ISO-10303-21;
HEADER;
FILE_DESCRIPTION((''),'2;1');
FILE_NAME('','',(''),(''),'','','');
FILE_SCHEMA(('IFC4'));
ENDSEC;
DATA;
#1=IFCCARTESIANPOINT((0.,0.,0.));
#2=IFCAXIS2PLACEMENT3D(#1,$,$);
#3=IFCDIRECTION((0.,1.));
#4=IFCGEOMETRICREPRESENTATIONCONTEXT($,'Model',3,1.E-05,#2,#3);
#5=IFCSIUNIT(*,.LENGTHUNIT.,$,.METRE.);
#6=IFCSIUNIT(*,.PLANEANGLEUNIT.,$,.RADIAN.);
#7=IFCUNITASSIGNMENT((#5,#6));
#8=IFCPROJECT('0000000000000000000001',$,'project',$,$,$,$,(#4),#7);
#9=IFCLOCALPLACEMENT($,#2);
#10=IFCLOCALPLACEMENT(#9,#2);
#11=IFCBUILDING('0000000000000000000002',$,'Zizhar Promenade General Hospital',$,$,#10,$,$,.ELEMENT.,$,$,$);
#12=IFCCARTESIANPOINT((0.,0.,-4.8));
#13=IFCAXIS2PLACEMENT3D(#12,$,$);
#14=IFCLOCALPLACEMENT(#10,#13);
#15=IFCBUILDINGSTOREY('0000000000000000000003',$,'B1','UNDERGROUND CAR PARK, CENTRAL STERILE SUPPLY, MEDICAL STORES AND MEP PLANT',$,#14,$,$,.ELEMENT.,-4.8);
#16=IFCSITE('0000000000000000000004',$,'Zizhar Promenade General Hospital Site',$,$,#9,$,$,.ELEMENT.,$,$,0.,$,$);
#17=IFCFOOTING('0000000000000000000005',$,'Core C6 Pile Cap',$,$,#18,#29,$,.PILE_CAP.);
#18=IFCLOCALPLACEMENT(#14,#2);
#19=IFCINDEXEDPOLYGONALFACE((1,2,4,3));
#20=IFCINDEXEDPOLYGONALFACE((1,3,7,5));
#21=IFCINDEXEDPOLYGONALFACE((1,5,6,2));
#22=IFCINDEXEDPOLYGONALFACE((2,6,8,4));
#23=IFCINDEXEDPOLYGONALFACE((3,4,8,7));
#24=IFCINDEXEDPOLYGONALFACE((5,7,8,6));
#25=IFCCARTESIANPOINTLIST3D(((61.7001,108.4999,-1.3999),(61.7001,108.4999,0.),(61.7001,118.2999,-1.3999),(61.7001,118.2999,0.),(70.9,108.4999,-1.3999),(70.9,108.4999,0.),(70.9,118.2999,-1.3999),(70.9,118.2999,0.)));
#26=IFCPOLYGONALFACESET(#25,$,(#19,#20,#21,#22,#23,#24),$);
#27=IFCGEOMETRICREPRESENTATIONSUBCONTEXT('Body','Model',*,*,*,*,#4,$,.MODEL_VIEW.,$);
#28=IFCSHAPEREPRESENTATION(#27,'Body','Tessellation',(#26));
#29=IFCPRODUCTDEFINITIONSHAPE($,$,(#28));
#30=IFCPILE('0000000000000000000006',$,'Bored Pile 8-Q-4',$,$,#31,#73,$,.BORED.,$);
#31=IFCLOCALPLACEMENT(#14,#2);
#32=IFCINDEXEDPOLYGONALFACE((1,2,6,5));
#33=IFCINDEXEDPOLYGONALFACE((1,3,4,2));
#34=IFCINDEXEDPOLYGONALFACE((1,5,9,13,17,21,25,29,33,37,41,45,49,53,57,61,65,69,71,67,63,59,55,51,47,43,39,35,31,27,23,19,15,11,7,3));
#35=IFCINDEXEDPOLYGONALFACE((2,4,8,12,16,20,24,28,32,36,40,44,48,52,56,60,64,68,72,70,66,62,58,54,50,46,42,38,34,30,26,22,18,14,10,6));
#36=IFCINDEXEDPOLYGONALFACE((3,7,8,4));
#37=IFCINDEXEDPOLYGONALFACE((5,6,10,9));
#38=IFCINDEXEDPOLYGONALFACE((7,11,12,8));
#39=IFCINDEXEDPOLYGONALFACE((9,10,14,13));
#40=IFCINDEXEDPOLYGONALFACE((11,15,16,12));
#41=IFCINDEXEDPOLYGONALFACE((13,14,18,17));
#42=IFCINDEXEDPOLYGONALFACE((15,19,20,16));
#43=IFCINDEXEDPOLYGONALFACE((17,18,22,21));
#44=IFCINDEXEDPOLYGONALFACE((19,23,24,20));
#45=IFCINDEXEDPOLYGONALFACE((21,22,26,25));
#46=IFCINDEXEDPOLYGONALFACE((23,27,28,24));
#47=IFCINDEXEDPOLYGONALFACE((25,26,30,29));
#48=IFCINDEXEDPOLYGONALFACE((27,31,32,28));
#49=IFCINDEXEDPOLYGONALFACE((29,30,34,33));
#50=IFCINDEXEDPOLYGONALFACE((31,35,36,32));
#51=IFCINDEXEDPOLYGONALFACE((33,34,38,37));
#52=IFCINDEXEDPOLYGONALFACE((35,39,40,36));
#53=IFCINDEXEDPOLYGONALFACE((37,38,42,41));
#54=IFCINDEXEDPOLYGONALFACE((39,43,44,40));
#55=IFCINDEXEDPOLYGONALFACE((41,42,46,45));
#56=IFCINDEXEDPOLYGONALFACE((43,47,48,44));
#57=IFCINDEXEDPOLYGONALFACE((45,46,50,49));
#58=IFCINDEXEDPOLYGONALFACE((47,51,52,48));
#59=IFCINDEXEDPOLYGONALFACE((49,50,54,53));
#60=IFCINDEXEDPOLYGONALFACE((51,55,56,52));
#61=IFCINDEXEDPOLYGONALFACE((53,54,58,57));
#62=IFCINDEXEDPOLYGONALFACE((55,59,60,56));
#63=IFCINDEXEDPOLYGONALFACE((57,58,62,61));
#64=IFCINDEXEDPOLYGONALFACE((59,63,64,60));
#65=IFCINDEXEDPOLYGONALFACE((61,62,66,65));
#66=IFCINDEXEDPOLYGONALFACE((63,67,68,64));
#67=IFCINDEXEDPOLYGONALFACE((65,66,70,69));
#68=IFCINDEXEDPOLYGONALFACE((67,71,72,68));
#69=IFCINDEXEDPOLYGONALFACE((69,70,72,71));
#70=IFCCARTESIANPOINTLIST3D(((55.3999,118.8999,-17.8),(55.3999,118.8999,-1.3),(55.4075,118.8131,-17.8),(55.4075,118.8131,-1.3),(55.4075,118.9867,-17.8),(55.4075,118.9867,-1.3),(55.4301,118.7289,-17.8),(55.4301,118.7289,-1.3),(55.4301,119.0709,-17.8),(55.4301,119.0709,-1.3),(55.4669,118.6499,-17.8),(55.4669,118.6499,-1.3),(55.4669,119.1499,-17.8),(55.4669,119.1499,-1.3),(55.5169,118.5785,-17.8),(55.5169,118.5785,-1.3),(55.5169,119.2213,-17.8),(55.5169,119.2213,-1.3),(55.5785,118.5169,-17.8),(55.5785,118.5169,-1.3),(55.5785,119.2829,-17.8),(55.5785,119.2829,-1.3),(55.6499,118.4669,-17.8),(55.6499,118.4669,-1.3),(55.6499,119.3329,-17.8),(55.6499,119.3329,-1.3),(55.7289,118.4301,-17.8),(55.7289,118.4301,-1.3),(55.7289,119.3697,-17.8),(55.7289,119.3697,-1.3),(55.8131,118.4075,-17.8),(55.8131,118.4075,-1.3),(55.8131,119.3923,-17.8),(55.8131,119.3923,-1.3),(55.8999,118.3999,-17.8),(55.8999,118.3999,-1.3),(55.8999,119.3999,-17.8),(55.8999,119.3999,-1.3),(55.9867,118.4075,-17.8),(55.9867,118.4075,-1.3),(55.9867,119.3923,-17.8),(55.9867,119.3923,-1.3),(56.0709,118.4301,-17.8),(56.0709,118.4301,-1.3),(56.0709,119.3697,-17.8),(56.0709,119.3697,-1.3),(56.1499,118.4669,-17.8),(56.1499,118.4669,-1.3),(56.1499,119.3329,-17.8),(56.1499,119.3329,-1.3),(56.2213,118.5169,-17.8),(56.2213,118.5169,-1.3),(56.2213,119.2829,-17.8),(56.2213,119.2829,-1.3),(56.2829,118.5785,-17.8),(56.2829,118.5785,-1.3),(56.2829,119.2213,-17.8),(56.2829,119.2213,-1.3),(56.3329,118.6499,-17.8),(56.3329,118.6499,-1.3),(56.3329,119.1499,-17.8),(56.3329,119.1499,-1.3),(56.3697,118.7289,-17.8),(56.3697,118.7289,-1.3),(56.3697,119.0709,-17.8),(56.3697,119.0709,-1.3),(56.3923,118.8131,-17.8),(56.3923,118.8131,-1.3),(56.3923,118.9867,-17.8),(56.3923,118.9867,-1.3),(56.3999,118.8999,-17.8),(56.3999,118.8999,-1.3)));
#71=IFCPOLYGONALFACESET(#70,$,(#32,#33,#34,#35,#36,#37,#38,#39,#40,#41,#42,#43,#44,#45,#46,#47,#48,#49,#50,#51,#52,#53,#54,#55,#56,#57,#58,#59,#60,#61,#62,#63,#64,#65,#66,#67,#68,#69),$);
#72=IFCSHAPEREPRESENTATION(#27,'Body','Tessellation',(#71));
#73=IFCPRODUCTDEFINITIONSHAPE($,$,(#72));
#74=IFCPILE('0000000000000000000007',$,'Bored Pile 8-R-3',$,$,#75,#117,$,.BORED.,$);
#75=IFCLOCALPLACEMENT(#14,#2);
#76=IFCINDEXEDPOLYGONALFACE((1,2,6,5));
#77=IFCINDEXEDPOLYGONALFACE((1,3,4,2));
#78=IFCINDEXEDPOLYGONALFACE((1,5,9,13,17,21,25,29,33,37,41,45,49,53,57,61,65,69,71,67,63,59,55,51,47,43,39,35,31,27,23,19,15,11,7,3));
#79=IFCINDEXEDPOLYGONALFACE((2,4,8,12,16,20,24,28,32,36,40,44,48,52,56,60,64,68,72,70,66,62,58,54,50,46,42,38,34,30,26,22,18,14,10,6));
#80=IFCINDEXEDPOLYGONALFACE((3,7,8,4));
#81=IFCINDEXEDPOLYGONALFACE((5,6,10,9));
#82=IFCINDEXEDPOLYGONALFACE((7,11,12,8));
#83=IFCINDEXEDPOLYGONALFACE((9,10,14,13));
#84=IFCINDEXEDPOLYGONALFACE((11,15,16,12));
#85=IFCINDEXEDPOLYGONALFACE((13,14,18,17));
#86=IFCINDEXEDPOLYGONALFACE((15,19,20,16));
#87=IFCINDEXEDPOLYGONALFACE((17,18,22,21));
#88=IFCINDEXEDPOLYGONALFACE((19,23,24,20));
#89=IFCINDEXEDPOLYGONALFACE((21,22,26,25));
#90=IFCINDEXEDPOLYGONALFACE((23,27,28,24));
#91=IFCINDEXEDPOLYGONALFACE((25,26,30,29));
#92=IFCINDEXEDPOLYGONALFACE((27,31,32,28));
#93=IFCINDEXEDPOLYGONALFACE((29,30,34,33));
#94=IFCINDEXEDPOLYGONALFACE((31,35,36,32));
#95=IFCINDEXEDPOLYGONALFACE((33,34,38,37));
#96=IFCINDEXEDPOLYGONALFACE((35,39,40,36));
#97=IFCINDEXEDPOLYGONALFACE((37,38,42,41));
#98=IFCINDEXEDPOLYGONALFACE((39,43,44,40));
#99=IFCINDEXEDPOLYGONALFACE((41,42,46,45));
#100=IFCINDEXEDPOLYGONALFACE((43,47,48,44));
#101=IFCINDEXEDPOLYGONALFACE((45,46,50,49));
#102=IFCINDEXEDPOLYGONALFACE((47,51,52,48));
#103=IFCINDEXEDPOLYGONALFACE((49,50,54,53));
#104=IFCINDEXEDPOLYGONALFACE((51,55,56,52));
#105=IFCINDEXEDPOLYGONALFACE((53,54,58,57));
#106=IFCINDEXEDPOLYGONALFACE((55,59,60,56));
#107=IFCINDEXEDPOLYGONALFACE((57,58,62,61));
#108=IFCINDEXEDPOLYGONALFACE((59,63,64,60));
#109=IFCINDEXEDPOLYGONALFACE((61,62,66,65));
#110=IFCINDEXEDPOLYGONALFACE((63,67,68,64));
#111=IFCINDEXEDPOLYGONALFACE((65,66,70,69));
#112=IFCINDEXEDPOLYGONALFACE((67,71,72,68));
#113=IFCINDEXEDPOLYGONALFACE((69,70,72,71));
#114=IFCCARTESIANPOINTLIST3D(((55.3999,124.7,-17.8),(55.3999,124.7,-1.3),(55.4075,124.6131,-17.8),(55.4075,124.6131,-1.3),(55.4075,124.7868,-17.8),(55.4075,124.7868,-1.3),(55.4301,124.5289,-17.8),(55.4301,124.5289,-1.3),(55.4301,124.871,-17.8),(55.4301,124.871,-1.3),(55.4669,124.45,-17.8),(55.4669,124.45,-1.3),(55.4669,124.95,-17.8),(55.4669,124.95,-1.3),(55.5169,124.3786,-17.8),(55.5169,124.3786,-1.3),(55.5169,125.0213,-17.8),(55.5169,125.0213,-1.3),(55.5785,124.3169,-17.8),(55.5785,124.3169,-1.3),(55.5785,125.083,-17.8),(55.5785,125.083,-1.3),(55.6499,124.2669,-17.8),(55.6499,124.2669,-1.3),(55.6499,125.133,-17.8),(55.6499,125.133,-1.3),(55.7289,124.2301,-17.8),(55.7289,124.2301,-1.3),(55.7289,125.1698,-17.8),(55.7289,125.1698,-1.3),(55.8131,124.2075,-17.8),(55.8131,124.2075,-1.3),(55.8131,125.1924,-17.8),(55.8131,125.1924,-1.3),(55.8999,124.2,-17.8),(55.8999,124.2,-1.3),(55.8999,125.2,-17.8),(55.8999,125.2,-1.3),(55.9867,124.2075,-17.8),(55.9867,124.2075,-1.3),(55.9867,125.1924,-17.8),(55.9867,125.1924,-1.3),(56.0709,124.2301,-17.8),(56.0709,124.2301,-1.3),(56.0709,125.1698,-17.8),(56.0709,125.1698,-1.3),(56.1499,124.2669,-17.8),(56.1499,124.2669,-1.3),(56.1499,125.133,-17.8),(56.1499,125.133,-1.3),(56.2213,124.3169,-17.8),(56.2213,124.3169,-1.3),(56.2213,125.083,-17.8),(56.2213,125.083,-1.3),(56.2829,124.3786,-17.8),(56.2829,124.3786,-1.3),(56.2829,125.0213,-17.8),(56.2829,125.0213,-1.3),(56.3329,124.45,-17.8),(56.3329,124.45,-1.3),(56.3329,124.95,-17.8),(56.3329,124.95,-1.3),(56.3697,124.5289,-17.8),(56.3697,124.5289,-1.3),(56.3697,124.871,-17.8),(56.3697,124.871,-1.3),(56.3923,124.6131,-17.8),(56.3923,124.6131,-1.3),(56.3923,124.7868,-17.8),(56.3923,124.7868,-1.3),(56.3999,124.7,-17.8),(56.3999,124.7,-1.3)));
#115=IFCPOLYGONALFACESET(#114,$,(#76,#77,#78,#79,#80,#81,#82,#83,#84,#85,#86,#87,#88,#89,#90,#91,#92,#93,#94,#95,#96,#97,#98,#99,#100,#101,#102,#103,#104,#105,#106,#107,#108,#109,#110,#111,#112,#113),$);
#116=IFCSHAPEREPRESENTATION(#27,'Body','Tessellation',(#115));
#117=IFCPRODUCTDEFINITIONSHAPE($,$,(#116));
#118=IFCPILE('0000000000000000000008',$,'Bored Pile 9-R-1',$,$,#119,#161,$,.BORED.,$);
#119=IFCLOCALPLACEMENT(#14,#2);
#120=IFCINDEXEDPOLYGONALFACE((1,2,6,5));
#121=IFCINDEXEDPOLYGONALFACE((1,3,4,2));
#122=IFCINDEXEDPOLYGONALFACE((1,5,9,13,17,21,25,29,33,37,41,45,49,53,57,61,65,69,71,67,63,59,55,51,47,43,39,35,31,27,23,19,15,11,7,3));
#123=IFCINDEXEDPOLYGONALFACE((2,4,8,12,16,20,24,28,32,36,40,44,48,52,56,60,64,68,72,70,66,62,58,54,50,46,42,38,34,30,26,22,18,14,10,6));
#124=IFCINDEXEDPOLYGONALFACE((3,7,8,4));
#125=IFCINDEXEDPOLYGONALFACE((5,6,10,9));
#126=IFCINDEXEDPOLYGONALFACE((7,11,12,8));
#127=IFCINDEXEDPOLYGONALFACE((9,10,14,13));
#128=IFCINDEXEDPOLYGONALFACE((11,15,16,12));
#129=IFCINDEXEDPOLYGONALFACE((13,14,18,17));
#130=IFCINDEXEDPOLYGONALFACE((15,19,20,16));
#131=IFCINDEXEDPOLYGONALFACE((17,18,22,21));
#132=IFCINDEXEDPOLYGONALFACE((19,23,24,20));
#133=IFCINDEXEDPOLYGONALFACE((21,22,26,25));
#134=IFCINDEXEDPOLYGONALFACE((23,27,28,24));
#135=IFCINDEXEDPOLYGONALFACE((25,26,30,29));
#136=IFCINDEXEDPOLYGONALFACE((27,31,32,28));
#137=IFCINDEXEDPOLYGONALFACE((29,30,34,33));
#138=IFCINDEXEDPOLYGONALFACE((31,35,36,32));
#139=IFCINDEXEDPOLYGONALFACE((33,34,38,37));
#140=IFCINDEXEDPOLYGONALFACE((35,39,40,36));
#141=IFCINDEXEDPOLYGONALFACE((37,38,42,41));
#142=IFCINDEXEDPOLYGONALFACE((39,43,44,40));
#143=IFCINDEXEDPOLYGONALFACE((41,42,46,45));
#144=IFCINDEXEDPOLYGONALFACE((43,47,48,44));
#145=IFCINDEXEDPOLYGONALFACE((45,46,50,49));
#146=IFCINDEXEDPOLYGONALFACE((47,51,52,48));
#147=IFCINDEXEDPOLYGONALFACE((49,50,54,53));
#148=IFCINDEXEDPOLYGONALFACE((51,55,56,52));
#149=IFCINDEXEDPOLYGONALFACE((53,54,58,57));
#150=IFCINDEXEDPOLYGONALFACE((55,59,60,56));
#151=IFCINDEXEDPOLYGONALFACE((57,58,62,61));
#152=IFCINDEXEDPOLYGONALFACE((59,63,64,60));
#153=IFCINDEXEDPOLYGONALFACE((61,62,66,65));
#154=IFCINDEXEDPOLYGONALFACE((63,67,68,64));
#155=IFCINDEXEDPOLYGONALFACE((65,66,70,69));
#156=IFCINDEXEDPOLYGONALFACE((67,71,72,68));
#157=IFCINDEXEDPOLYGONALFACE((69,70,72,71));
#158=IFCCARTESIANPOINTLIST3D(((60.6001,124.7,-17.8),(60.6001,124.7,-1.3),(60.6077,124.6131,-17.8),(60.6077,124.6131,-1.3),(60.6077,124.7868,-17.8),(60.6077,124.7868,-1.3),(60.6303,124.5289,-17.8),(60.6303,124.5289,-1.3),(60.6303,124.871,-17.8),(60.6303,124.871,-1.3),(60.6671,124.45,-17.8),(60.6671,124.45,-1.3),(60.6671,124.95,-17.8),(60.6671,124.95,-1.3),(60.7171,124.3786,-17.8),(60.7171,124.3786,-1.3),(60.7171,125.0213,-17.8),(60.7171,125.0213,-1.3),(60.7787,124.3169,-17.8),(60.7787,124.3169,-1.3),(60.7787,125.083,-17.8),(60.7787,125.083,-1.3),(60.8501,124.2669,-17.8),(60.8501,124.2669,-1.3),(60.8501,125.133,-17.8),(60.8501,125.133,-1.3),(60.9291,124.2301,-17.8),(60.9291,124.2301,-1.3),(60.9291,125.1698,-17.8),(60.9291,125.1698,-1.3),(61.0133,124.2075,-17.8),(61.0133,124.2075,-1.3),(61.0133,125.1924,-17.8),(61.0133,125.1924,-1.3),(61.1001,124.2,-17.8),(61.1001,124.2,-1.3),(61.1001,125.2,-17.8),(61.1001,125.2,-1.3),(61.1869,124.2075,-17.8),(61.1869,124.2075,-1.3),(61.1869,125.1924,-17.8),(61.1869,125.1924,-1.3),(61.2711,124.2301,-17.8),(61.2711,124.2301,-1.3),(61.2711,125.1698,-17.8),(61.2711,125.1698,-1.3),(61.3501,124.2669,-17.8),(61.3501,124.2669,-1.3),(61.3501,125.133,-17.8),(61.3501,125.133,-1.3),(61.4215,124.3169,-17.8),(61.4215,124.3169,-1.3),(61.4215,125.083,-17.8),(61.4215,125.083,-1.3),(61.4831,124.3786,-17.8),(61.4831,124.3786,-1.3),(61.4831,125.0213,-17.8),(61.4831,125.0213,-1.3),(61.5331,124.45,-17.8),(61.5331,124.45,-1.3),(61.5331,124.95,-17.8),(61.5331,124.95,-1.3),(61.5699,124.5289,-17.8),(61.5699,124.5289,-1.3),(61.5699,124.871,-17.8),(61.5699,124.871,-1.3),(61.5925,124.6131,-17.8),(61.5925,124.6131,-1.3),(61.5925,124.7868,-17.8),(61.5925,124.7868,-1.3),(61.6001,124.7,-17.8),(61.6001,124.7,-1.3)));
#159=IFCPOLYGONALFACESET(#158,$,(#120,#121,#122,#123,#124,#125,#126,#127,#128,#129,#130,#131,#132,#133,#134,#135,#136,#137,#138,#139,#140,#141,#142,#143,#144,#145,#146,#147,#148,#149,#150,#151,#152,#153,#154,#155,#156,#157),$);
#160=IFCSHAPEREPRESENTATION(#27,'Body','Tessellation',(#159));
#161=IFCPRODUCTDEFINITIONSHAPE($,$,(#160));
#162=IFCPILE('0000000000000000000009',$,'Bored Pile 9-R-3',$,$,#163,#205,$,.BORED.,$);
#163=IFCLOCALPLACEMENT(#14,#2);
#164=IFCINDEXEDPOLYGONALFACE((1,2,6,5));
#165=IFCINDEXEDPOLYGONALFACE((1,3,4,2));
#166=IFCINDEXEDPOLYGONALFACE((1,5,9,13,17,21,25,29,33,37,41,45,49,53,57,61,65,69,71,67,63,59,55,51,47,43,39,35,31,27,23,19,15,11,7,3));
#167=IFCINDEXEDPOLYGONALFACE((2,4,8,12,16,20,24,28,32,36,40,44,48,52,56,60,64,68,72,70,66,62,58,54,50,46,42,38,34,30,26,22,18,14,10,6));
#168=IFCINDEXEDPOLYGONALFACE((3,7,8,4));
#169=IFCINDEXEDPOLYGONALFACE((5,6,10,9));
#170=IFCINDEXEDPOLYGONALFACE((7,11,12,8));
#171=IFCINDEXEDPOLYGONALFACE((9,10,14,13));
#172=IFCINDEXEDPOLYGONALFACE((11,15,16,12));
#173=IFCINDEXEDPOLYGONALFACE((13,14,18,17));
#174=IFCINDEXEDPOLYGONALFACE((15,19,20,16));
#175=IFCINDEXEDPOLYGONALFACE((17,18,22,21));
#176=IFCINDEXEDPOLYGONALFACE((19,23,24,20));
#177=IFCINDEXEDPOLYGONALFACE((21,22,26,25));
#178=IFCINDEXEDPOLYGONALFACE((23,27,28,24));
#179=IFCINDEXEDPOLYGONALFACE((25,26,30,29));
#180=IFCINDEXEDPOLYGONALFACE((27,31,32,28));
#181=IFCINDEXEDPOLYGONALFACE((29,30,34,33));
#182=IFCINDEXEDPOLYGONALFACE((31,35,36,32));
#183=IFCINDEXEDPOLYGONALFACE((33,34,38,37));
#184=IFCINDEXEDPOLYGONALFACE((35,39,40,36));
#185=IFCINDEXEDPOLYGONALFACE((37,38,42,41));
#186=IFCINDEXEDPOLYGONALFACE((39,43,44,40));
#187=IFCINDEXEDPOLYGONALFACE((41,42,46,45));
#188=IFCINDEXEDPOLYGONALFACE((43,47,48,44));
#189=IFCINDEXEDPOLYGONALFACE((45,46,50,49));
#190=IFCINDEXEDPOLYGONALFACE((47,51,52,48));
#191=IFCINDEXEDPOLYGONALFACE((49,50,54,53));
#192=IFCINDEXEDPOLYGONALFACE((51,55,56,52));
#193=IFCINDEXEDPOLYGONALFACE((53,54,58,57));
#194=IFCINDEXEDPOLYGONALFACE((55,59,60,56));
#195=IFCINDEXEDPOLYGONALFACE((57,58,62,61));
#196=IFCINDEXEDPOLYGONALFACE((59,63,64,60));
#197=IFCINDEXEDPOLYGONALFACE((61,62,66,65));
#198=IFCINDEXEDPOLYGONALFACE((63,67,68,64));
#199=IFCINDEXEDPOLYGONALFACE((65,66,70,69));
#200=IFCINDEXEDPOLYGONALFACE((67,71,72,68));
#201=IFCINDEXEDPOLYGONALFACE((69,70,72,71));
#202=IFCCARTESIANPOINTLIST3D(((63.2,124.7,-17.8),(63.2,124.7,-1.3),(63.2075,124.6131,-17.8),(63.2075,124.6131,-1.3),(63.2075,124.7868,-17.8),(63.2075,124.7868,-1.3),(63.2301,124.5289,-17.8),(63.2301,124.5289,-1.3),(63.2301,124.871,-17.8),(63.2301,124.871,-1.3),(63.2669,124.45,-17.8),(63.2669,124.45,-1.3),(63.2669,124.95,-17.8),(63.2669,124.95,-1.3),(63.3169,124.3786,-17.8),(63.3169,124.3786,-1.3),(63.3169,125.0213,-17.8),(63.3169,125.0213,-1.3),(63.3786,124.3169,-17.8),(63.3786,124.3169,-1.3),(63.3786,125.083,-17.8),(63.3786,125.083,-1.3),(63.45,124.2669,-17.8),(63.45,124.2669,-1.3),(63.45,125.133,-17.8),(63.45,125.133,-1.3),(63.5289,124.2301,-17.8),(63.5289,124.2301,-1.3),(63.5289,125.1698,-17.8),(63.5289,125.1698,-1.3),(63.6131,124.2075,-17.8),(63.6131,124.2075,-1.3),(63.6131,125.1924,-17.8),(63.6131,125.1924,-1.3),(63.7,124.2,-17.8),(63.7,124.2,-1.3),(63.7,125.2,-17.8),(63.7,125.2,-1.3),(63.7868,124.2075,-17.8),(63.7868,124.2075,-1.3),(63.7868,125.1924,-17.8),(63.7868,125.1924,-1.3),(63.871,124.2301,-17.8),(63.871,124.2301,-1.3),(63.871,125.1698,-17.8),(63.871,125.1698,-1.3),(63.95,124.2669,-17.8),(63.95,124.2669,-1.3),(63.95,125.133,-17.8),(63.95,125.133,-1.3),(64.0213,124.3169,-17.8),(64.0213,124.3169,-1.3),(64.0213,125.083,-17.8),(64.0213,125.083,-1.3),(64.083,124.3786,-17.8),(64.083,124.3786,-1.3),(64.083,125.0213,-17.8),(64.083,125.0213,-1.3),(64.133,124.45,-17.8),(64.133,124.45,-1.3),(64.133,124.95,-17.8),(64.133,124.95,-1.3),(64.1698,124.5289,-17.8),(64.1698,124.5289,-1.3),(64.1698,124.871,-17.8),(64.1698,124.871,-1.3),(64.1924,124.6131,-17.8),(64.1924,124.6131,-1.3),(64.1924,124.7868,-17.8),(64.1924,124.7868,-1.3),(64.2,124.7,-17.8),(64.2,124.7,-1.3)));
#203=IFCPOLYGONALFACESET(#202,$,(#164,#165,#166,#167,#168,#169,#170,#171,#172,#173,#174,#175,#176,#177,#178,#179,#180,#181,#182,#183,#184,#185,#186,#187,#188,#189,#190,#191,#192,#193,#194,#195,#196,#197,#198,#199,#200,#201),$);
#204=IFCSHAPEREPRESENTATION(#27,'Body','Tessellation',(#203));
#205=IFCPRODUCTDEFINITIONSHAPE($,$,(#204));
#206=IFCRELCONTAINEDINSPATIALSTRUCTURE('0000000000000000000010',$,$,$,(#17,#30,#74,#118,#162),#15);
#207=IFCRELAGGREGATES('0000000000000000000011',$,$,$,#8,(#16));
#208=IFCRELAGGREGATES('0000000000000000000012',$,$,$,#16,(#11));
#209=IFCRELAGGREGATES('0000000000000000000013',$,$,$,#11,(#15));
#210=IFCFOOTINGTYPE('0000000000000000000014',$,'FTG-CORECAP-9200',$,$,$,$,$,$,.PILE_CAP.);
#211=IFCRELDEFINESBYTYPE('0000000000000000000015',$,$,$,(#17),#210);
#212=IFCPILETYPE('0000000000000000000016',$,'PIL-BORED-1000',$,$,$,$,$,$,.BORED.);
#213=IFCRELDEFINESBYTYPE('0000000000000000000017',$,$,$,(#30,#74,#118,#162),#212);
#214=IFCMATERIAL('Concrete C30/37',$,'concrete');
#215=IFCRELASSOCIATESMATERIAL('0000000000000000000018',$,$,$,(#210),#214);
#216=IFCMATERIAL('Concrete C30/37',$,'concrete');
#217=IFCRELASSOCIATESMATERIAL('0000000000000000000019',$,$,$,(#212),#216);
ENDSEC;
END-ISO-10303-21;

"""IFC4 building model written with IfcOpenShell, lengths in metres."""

from ifc_helpers import new_model, si_unit, direction, frame, origin, origin_2d, place, context, subcontext, project, spatial, rectangle, circle, extrude, material, material_profile, profile_set, type_object, element, save


model = new_model("IFC4")

# Units and contexts
model_context = context("Model", 3, precision=1e-05, world=origin(), true_north=direction((0.0, 1.0)))
body_context = subcontext(model_context, "Body", "Model", "MODEL_VIEW")
ifc_project = project(units=[si_unit("LENGTHUNIT", "METRE"), si_unit("PLANEANGLEUNIT", "RADIAN")], contexts=[model_context])

# Site, building, storey
site_placement = place(None, origin())
site = spatial("IfcSite", under=ifc_project, at=site_placement, Name="Zizhar Promenade General Hospital Site", CompositionType="ELEMENT", RefElevation=0.0)
building_placement = place(site_placement, origin())
building = spatial("IfcBuilding", under=site, at=building_placement, Name="Zizhar Promenade General Hospital", CompositionType="ELEMENT")
storey_placement = place(building_placement, frame((0.0, 0.0, -4.8)))
storey = spatial("IfcBuildingStorey", under=building, at=storey_placement, Name="B1", Description="UNDERGROUND CAR PARK, CENTRAL STERILE SUPPLY, MEDICAL STORES AND MEP PLANT", CompositionType="ELEMENT", Elevation=-4.8)

# Footing
ifc_material_1 = material(Name="Concrete C30/37", Category="concrete")
footing_type = type_object("IfcFootingType", Name="FTG-CORECAP-9200", PredefinedType="PILE_CAP", material=ifc_material_1)
footing_placement = place(storey_placement, frame((66.3, 113.3999, -1.3999), z_axis=(0.0, 0.0, 1.0), x_axis=(1.0, 0.0, 0.0)))
element("IfcFooting", 1, at=footing_placement, inside=storey, type_object=footing_type, Name="Core C6 Pile Cap", PredefinedType="PILE_CAP", context=body_context, shape_type="SweptSolid", body=[
    extrude(rectangle(XDim=9.2, YDim=9.8, at=origin_2d()), origin(), (0.0, 0.0, 1.0), 1.3999),
])

# Piles
ifc_material_2 = material(Name="Concrete C30/37", Category="concrete")
ifc_material_profile_1 = material_profile(ifc_material_2, circle(Radius=0.5, at=origin_2d()))
ifc_profile_set_1 = profile_set([ifc_material_profile_1], Name="Concrete C30/37")
pile_type_1 = type_object("IfcPileType", Name="PIL-BORED-1000", PredefinedType="BORED", material=ifc_profile_set_1)
for number, where, z_axis, x_axis, name in (
    (2, (55.8999, 118.8999, -1.3), (0.0, 0.0, -1.0), (1.0, 0.0, 0.0), "Bored Pile 8-Q-4"),
    (3, (55.8999, 124.7, -1.3), (0.0, 0.0, -1.0), (1.0, 0.0, 0.0), "Bored Pile 8-R-3"),
    (4, (61.1001, 124.7, -1.3), (0.0, 0.0, -1.0), (1.0, 0.0, 0.0), "Bored Pile 9-R-1"),
    (5, (63.7, 124.7, -1.3), (0.0, 0.0, -1.0), (1.0, 0.0, 0.0), "Bored Pile 9-R-3"),
):
    element("IfcPile", number, at=place(storey_placement, frame(where, z_axis=z_axis, x_axis=x_axis)), inside=storey, type_object=pile_type_1, Name=name, PredefinedType="BORED", context=body_context, shape_type="SweptSolid", body=[
        extrude(circle(Radius=0.5, at=origin_2d()), origin(), (0.0, 0.0, 1.0), 16.5),
    ])

save(model, "model.ifc")
